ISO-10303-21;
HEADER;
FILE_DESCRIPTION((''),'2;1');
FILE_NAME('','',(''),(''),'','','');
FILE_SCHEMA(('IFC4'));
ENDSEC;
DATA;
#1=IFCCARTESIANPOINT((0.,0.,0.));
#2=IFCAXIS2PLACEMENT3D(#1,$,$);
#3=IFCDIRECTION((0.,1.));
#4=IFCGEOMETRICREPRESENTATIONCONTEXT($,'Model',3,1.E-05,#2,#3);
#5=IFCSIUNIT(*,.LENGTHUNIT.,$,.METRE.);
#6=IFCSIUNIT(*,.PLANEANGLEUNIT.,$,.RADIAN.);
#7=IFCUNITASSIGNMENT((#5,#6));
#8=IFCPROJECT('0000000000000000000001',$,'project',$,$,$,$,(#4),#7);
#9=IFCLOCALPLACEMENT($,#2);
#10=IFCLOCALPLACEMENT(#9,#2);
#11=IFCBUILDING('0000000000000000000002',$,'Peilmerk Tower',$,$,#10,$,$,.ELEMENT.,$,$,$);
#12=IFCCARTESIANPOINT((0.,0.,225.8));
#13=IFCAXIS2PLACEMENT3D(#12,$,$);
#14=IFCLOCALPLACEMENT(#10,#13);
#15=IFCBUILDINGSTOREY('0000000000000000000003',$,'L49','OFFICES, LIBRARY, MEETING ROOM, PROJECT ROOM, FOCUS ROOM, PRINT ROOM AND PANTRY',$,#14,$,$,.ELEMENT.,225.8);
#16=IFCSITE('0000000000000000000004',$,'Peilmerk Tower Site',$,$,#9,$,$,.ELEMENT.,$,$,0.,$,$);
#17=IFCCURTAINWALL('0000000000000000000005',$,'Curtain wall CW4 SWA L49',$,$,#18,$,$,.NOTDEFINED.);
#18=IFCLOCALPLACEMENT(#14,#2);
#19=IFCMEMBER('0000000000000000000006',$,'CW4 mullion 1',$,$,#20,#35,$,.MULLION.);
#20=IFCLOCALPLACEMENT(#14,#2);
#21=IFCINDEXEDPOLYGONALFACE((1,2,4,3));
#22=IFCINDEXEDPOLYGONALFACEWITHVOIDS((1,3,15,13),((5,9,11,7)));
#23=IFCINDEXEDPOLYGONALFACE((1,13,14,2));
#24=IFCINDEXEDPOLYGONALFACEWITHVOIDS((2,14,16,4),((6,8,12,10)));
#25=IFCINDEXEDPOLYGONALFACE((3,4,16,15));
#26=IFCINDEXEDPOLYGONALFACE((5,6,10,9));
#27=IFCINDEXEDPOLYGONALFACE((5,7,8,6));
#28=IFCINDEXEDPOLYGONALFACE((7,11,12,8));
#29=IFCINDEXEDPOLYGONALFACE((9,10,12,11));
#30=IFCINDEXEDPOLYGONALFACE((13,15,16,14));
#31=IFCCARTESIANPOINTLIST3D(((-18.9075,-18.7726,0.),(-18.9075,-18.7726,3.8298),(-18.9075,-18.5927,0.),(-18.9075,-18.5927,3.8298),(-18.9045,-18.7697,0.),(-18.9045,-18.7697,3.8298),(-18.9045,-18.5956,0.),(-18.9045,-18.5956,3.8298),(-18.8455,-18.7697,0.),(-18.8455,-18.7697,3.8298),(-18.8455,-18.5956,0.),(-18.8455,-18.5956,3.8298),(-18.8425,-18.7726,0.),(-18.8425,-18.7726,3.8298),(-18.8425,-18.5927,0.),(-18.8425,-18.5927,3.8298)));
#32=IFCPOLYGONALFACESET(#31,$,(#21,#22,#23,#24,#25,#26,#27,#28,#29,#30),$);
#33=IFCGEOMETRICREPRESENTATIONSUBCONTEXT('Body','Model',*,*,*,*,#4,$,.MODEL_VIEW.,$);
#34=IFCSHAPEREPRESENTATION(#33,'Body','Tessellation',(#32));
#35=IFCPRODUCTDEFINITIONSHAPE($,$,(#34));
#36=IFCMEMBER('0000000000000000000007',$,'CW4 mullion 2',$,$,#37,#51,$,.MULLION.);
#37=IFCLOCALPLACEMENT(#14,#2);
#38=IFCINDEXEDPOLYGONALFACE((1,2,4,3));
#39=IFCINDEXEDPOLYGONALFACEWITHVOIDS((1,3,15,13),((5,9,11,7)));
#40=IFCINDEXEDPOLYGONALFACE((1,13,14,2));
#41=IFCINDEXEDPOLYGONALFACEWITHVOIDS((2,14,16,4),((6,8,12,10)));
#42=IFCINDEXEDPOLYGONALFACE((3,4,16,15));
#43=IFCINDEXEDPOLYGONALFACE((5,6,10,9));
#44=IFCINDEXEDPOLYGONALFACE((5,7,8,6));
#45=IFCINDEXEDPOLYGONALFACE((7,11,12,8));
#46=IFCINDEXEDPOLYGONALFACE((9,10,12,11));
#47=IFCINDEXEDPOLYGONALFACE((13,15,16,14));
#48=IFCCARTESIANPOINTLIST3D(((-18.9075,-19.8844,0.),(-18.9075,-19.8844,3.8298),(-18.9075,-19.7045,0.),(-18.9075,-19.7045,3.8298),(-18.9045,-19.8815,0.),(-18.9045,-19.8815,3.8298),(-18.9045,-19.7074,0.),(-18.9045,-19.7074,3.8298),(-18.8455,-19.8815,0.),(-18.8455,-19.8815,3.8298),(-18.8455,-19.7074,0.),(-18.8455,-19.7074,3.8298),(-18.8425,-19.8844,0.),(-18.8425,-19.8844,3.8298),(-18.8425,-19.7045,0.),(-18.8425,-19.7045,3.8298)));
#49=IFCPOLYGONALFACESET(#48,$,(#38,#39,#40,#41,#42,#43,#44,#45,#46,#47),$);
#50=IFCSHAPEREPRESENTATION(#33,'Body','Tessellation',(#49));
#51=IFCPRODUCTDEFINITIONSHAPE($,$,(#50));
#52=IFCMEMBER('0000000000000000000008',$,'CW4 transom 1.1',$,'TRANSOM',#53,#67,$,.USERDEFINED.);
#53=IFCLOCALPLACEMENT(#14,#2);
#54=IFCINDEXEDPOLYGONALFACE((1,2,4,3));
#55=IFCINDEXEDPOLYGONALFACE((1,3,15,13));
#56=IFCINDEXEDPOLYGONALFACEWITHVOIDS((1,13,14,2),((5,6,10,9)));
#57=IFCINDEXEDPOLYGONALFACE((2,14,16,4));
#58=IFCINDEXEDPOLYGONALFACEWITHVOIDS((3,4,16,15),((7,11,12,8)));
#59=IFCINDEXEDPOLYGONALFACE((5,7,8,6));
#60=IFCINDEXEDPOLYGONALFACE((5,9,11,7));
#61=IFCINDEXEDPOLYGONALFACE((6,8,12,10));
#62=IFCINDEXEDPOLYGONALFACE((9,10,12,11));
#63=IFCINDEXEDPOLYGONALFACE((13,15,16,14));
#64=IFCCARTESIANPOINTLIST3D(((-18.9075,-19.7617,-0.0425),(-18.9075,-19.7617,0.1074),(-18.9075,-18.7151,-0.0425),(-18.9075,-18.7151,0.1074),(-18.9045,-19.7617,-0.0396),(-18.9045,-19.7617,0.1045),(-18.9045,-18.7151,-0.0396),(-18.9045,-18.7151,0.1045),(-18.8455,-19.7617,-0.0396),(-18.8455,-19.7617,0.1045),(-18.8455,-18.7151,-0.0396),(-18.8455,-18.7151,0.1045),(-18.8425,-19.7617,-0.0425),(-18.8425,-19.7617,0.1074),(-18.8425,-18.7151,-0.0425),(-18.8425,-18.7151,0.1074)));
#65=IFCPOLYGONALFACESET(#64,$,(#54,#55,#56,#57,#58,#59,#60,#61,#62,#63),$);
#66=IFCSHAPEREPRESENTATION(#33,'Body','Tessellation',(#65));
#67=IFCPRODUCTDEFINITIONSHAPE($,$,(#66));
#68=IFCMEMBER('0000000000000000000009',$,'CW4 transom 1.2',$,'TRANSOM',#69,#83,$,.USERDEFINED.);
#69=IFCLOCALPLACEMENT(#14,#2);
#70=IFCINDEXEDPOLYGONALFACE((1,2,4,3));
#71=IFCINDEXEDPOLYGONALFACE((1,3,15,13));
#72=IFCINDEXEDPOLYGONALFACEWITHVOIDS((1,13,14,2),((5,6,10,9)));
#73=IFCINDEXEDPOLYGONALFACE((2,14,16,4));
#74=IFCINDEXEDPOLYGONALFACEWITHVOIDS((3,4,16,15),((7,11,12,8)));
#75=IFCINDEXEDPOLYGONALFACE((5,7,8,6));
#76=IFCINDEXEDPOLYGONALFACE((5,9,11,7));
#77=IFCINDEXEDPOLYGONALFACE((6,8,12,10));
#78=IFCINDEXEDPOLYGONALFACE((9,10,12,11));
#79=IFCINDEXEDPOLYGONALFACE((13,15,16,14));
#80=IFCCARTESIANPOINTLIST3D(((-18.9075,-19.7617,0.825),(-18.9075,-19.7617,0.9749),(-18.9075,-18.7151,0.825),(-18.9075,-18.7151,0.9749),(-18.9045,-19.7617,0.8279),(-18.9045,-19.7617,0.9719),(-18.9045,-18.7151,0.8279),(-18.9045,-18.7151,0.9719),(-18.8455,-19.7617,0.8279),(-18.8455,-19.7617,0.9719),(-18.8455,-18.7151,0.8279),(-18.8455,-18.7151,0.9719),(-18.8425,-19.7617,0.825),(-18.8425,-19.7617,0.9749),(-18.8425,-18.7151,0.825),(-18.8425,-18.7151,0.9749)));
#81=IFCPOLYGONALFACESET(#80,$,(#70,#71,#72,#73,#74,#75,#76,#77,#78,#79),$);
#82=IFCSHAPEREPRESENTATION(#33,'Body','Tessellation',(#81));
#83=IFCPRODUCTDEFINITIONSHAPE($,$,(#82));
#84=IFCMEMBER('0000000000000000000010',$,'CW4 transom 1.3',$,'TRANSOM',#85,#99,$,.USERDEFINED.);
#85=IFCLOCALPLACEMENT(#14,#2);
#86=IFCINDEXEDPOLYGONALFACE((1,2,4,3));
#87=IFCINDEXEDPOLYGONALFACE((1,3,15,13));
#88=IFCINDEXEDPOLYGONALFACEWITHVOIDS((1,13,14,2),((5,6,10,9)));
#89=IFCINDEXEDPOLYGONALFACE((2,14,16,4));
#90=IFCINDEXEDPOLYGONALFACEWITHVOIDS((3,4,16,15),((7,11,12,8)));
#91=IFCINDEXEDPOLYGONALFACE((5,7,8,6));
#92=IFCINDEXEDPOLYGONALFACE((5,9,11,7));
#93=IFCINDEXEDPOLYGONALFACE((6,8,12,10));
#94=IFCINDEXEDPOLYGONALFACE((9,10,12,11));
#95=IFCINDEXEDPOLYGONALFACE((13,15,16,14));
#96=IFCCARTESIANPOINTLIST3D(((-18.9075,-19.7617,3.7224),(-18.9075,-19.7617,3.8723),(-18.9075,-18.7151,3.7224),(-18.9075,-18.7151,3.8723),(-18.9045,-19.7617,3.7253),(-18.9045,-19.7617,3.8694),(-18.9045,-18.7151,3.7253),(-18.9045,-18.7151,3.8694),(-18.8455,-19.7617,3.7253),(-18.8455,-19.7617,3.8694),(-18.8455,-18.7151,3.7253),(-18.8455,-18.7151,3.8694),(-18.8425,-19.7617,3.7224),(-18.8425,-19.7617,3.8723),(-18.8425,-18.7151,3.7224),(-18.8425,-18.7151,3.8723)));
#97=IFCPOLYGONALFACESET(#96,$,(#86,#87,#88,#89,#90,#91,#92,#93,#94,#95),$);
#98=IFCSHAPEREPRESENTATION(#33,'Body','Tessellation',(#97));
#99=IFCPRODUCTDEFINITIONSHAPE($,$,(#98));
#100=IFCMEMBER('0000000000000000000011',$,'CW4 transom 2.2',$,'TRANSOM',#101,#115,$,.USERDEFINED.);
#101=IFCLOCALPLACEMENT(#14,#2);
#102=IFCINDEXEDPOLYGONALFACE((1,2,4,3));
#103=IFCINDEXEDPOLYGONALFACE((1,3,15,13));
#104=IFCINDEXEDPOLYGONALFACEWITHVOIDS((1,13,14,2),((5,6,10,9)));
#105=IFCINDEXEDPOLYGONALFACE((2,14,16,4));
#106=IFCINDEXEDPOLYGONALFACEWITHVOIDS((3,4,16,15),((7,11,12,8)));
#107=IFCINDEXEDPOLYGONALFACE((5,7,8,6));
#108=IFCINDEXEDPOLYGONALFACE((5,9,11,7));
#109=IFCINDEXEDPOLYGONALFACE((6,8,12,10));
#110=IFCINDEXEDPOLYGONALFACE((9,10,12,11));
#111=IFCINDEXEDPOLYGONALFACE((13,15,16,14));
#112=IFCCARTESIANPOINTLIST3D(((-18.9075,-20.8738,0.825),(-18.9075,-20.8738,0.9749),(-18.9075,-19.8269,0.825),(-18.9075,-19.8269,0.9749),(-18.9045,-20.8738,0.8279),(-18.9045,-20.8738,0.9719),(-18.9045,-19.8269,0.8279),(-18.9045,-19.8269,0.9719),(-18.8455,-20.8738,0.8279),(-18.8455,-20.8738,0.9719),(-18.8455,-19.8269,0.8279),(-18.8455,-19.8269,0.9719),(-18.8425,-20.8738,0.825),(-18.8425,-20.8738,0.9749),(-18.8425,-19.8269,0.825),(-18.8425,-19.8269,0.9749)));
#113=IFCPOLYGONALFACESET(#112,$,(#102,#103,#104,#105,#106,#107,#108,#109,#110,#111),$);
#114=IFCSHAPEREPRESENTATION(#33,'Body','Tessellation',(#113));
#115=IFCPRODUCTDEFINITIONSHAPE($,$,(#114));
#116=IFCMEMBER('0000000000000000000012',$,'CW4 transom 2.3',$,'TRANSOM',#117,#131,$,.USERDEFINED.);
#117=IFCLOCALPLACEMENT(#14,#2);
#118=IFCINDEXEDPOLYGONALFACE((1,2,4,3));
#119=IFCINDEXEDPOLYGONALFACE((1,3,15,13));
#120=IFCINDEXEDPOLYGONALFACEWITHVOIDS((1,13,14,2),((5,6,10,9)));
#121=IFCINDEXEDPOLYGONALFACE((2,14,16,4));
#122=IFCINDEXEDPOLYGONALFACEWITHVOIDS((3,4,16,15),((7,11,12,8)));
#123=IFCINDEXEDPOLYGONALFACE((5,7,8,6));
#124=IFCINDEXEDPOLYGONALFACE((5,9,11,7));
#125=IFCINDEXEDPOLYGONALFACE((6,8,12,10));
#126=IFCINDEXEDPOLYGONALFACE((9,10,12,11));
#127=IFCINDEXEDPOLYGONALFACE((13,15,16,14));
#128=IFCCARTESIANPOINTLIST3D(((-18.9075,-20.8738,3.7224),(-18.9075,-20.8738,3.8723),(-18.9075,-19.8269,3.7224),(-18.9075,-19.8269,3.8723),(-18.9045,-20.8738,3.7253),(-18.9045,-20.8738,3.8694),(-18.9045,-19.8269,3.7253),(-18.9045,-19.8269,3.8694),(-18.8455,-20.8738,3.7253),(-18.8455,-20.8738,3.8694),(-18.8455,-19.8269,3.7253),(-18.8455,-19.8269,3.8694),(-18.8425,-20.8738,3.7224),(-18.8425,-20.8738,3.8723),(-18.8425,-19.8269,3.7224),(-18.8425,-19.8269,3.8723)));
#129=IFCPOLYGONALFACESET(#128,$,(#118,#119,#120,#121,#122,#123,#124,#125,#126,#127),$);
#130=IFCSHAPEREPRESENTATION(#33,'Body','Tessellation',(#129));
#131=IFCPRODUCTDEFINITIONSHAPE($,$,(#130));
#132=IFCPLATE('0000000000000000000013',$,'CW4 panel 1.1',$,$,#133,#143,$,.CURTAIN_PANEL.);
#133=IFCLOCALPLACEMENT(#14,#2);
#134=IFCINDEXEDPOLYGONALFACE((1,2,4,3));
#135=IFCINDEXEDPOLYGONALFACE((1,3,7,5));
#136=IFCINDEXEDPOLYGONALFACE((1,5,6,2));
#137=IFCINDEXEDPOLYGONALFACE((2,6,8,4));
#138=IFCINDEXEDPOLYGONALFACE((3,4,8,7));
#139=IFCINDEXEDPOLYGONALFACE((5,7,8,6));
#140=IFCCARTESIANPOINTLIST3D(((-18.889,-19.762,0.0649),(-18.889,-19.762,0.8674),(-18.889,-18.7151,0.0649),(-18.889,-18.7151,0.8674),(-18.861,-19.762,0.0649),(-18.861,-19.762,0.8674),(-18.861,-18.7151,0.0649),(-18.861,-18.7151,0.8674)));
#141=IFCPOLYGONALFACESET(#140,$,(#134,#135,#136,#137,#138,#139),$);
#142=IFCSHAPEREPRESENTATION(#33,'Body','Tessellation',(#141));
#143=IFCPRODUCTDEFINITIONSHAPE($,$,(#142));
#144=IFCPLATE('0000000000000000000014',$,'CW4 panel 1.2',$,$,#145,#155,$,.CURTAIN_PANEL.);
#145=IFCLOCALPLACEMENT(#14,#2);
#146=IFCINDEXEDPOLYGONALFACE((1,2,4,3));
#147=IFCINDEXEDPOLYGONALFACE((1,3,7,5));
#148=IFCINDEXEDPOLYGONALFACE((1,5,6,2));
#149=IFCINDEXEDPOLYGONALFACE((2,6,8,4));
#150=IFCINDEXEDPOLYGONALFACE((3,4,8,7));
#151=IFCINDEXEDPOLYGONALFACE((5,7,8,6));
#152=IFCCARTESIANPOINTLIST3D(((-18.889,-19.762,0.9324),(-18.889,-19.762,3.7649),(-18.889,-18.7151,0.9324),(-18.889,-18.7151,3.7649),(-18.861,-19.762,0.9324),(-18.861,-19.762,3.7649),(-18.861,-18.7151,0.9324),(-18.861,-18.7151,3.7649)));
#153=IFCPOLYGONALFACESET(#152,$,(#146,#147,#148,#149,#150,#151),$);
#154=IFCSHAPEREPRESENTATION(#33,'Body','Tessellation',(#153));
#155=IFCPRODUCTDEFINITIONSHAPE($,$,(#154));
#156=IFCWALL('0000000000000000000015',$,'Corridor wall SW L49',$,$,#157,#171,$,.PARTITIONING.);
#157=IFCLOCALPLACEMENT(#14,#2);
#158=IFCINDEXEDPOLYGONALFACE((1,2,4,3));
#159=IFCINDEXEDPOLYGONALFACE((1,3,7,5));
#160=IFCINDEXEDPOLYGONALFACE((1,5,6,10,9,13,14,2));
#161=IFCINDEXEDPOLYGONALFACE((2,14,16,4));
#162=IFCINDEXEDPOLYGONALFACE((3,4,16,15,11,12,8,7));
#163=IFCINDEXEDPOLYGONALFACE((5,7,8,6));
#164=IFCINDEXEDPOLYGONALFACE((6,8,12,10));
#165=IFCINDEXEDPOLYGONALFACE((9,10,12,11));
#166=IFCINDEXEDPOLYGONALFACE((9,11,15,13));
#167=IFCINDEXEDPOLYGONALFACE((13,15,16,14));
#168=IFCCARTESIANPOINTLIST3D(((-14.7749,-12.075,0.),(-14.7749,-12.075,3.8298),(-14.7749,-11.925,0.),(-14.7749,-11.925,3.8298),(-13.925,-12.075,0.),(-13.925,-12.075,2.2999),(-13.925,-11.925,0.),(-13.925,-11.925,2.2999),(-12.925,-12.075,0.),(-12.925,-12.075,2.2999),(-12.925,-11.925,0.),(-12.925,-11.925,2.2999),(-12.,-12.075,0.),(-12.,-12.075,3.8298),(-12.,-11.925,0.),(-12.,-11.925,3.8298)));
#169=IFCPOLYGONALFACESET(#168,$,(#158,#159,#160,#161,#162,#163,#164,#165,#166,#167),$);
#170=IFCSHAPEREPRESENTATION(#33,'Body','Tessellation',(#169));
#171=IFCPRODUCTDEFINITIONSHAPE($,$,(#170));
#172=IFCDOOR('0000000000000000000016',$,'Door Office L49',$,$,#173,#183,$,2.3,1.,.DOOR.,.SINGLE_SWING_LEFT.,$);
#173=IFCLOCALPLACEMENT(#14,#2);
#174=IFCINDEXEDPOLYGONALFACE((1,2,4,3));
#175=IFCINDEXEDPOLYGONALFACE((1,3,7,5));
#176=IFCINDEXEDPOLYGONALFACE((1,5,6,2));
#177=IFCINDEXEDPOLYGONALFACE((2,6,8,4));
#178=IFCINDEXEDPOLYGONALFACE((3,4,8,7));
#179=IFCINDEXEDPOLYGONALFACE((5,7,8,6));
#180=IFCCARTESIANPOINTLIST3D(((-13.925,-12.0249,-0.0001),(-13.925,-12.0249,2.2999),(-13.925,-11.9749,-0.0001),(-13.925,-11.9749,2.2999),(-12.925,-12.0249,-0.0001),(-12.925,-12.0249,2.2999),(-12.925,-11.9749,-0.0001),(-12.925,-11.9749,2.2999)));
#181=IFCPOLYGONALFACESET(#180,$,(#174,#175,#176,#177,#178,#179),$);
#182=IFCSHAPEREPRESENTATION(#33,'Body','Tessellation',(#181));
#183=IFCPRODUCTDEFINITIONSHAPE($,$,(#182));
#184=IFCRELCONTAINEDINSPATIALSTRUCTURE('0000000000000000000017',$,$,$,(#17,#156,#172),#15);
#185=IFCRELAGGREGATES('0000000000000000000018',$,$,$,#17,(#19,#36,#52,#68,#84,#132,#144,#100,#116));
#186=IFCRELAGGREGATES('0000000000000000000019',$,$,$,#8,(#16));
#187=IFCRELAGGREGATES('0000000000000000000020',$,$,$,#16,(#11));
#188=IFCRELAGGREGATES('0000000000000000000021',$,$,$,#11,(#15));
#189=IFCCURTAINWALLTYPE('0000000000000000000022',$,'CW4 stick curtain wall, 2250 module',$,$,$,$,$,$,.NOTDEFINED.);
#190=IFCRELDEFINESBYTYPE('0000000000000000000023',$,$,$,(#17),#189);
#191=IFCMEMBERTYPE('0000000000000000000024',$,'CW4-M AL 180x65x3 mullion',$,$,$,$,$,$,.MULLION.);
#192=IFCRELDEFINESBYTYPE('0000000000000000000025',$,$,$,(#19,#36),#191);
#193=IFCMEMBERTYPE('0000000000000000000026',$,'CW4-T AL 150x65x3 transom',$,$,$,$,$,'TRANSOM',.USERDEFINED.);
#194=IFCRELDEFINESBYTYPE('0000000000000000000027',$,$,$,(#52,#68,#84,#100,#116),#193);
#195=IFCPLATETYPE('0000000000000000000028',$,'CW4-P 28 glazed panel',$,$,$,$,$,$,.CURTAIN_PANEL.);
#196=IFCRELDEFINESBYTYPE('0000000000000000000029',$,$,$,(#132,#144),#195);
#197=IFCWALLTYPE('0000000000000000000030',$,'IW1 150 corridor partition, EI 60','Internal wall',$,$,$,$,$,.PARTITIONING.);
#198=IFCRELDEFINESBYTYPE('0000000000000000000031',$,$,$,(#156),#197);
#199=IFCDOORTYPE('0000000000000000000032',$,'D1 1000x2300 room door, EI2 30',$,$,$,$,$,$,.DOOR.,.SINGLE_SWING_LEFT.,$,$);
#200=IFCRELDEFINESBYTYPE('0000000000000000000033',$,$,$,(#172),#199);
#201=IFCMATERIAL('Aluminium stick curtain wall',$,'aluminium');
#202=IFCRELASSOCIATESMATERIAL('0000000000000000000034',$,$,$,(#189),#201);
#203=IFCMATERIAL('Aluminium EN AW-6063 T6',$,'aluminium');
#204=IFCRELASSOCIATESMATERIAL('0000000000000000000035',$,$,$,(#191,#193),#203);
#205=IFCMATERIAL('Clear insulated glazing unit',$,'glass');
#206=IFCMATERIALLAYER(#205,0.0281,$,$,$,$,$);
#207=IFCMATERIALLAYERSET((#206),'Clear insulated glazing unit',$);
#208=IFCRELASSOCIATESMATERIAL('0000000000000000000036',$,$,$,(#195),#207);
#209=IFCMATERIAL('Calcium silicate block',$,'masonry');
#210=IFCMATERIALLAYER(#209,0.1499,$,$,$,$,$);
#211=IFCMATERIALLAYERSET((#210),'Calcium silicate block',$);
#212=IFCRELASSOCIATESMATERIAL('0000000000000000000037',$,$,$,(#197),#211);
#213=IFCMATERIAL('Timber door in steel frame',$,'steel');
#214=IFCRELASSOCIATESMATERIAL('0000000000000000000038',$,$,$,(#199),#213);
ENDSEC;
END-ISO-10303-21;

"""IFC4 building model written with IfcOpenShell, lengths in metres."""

from ifc_helpers import new_model, si_unit, direction, frame, frame_2d, origin, origin_2d, place, context, subcontext, project, spatial, rectangle, hollow_rectangle, extrude, material, layer, layer_set, material_profile, profile_set, type_object, element, fill, aggregate, save


model = new_model("IFC4")

# Units and contexts
model_context = context("Model", 3, precision=1e-05, world=origin(), true_north=direction((0.0, 1.0)))
body_context = subcontext(model_context, "Body", "Model", "MODEL_VIEW")
ifc_project = project(units=[si_unit("LENGTHUNIT", "METRE"), si_unit("PLANEANGLEUNIT", "RADIAN")], contexts=[model_context])

# Site, building, storey
site_placement = place(None, origin())
site = spatial("IfcSite", under=ifc_project, at=site_placement, Name="Peilmerk Tower Site", CompositionType="ELEMENT", RefElevation=0.0)
building_placement = place(site_placement, origin())
building = spatial("IfcBuilding", under=site, at=building_placement, Name="Peilmerk Tower", CompositionType="ELEMENT")
storey_placement = place(building_placement, frame((0.0, 0.0, 225.8)))
storey = spatial("IfcBuildingStorey", under=building, at=storey_placement, Name="L49", Description="OFFICES, LIBRARY, MEETING ROOM, PROJECT ROOM, FOCUS ROOM, PRINT ROOM AND PANTRY", CompositionType="ELEMENT", Elevation=225.8)

# Curtain wall, members, plates
ifc_material_1 = material(Name="Aluminium stick curtain wall", Category="aluminium")
curtain_wall_type = type_object("IfcCurtainWallType", Name="CW4 stick curtain wall, 2250 module", PredefinedType="NOTDEFINED", material=ifc_material_1)
curtain_wall_placement = place(storey_placement, origin())
curtain_wall = element("IfcCurtainWall", 1, at=curtain_wall_placement, inside=storey, type_object=curtain_wall_type, Name="Curtain wall CW4 SWA L49", PredefinedType="NOTDEFINED")
ifc_material_2 = material(Name="Aluminium EN AW-6063 T6", Category="aluminium")
ifc_material_profile_1 = material_profile(ifc_material_2, hollow_rectangle(XDim=0.0649, YDim=0.1799, WallThickness=0.0029, at=origin_2d()), Name="AL 180x65x3")
ifc_profile_set_1 = profile_set([ifc_material_profile_1], Name="Aluminium EN AW-6063 T6")
member_type_1 = type_object("IfcMemberType", Name="CW4-M AL 180x65x3 mullion", PredefinedType="MULLION", material=ifc_profile_set_1)
member_1_placement = place(storey_placement, frame((-18.875, -18.6826, 0.0), z_axis=(0.0, 0.0, 1.0), x_axis=(1.0, 0.0, 0.0)))
member_1 = element("IfcMember", 2, at=member_1_placement, type_object=member_type_1, Name="CW4 mullion 1", PredefinedType="MULLION", context=body_context, shape_type="SweptSolid", body=[
    extrude(hollow_rectangle(XDim=0.0649, YDim=0.1799, WallThickness=0.0029, at=origin_2d()), origin(), (0.0, 0.0, 1.0), 3.8298),
])
member_2_placement = place(storey_placement, frame((-18.875, -19.7944, 0.0), z_axis=(0.0, 0.0, 1.0), x_axis=(1.0, 0.0, 0.0)))
member_2 = element("IfcMember", 3, at=member_2_placement, type_object=member_type_1, Name="CW4 mullion 2", PredefinedType="MULLION", context=body_context, shape_type="SweptSolid", body=[
    extrude(hollow_rectangle(XDim=0.0649, YDim=0.1799, WallThickness=0.0029, at=origin_2d()), origin(), (0.0, 0.0, 1.0), 3.8298),
])
ifc_material_profile_2 = material_profile(ifc_material_2, hollow_rectangle(XDim=0.0649, YDim=0.1499, WallThickness=0.0029, at=origin_2d()), Name="AL 150x65x3")
ifc_profile_set_2 = profile_set([ifc_material_profile_2], Name="Aluminium EN AW-6063 T6")
member_type_2 = type_object("IfcMemberType", Name="CW4-T AL 150x65x3 transom", ElementType="TRANSOM", PredefinedType="USERDEFINED", material=ifc_profile_set_2)
member_3_placement = place(storey_placement, frame((-18.875, -18.7151, 0.0325), z_axis=(0.0, -1.0, 0.0), x_axis=(1.0, 0.0, 0.0)))
member_3 = element("IfcMember", 4, at=member_3_placement, type_object=member_type_2, Name="CW4 transom 1.1", ObjectType="TRANSOM", PredefinedType="USERDEFINED", context=body_context, shape_type="SweptSolid", body=[
    extrude(hollow_rectangle(XDim=0.0649, YDim=0.1499, WallThickness=0.0029, at=origin_2d()), origin(), (0.0, 0.0, 1.0), 1.0466),
])
member_4_placement = place(storey_placement, frame((-18.875, -18.7151, 0.8999), z_axis=(0.0, -1.0, 0.0), x_axis=(1.0, 0.0, 0.0)))
member_4 = element("IfcMember", 5, at=member_4_placement, type_object=member_type_2, Name="CW4 transom 1.2", ObjectType="TRANSOM", PredefinedType="USERDEFINED", context=body_context, shape_type="SweptSolid", body=[
    extrude(hollow_rectangle(XDim=0.0649, YDim=0.1499, WallThickness=0.0029, at=origin_2d()), origin(), (0.0, 0.0, 1.0), 1.0466),
])
member_5_placement = place(storey_placement, frame((-18.875, -18.7151, 3.7974), z_axis=(0.0, -1.0, 0.0), x_axis=(1.0, 0.0, 0.0)))
member_5 = element("IfcMember", 6, at=member_5_placement, type_object=member_type_2, Name="CW4 transom 1.3", ObjectType="TRANSOM", PredefinedType="USERDEFINED", context=body_context, shape_type="SweptSolid", body=[
    extrude(hollow_rectangle(XDim=0.0649, YDim=0.1499, WallThickness=0.0029, at=origin_2d()), origin(), (0.0, 0.0, 1.0), 1.0466),
])
member_6_placement = place(storey_placement, frame((-18.875, -19.8269, 0.8999), z_axis=(0.0, -1.0, 0.0), x_axis=(1.0, 0.0, 0.0)))
member_6 = element("IfcMember", 7, at=member_6_placement, type_object=member_type_2, Name="CW4 transom 2.2", ObjectType="TRANSOM", PredefinedType="USERDEFINED", context=body_context, shape_type="SweptSolid", body=[
    extrude(hollow_rectangle(XDim=0.0649, YDim=0.1499, WallThickness=0.0029, at=origin_2d()), origin(), (0.0, 0.0, 1.0), 1.0469),
])
member_7_placement = place(storey_placement, frame((-18.875, -19.8269, 3.7974), z_axis=(0.0, -1.0, 0.0), x_axis=(1.0, 0.0, 0.0)))
member_7 = element("IfcMember", 8, at=member_7_placement, type_object=member_type_2, Name="CW4 transom 2.3", ObjectType="TRANSOM", PredefinedType="USERDEFINED", context=body_context, shape_type="SweptSolid", body=[
    extrude(hollow_rectangle(XDim=0.0649, YDim=0.1499, WallThickness=0.0029, at=origin_2d()), origin(), (0.0, 0.0, 1.0), 1.0469),
])
ifc_material_3 = material(Name="Clear insulated glazing unit", Category="glass")
ifc_layer_1 = layer(ifc_material_3, 0.0281)
ifc_layer_set_1 = layer_set([ifc_layer_1], Name="Clear insulated glazing unit")
plate_type = type_object("IfcPlateType", Name="CW4-P 28 glazed panel", PredefinedType="CURTAIN_PANEL", material=ifc_layer_set_1)
plate_1_placement = place(storey_placement, frame((-18.875, -19.2385, 0.0649), z_axis=(0.0, 0.0, 1.0), x_axis=(0.0, -1.0, 0.0)))
plate_1 = element("IfcPlate", 9, at=plate_1_placement, type_object=plate_type, Name="CW4 panel 1.1", PredefinedType="CURTAIN_PANEL", context=body_context, shape_type="SweptSolid", body=[
    extrude(rectangle(XDim=1.0469, YDim=0.0281, at=origin_2d()), origin(), (0.0, 0.0, 1.0), 0.8025),
])
plate_2_placement = place(storey_placement, frame((-18.875, -19.2385, 0.9324), z_axis=(0.0, 0.0, 1.0), x_axis=(0.0, -1.0, 0.0)))
plate_2 = element("IfcPlate", 10, at=plate_2_placement, type_object=plate_type, Name="CW4 panel 1.2", PredefinedType="CURTAIN_PANEL", context=body_context, shape_type="SweptSolid", body=[
    extrude(rectangle(XDim=1.0469, YDim=0.0281, at=origin_2d()), origin(), (0.0, 0.0, 1.0), 2.8325),
])
aggregate(curtain_wall, [member_1, member_2, member_3, member_4, member_5, plate_1, plate_2, member_6, member_7])

# Wall, opening, door
ifc_material_4 = material(Name="Calcium silicate block", Category="masonry")
ifc_layer_2 = layer(ifc_material_4, 0.1499)
ifc_layer_set_2 = layer_set([ifc_layer_2], Name="Calcium silicate block")
wall_type_1 = type_object("IfcWallType", Name="IW1 150 corridor partition, EI 60", Description="Internal wall", PredefinedType="PARTITIONING", material=ifc_layer_set_2)
wall_1_placement = place(storey_placement, frame((-12.0, -12.0, 0.0), z_axis=(0.0, 0.0, 1.0), x_axis=(-1.0, 0.0, 0.0)))
wall_1 = element("IfcWall", 11, at=wall_1_placement, inside=storey, type_object=wall_type_1, Name="Corridor wall SW L49", PredefinedType="PARTITIONING", context=body_context, shape_type="SweptSolid", body=[
    extrude(rectangle(XDim=2.7749, YDim=0.1499, at=frame_2d((1.3875, 0.0))), origin(), (0.0, 0.0, 1.0), 3.8298),
])
opening_placement = place(wall_1_placement, frame((0.925, 0.0, 0.0)))
opening = element("IfcOpeningElement", 12, at=opening_placement, cuts=wall_1, PredefinedType="OPENING", context=body_context, shape_type="SweptSolid", body=[
    extrude(rectangle(XDim=1.0, YDim=2.3, at=frame_2d((0.5, 1.1499))), frame((0.0, 0.085, 0.0), z_axis=(0.0, -1.0, 0.0), x_axis=(1.0, 0.0, 0.0)), (0.0, 0.0, 1.0), 0.1699),
])
ifc_material_5 = material(Name="Timber door in steel frame", Category="steel")
door_type = type_object("IfcDoorType", Name="D1 1000x2300 room door, EI2 30", OperationType="SINGLE_SWING_LEFT", PredefinedType="DOOR", material=ifc_material_5)
door_placement = place(opening_placement, origin())
door = element("IfcDoor", 13, at=door_placement, inside=storey, type_object=door_type, Name="Door Office L49", OperationType="SINGLE_SWING_LEFT", OverallHeight=2.3, OverallWidth=1.0, PredefinedType="DOOR", context=body_context, shape_type="SweptSolid", body=[
    extrude(rectangle(XDim=1.0, YDim=2.3, at=frame_2d((0.5, 1.1499))), frame((0.0, 0.0249, 0.0), z_axis=(0.0, -1.0, 0.0), x_axis=(1.0, 0.0, 0.0)), (0.0, 0.0, 1.0), 0.05),
])
fill(opening, door)

save(model, "model.ifc")
